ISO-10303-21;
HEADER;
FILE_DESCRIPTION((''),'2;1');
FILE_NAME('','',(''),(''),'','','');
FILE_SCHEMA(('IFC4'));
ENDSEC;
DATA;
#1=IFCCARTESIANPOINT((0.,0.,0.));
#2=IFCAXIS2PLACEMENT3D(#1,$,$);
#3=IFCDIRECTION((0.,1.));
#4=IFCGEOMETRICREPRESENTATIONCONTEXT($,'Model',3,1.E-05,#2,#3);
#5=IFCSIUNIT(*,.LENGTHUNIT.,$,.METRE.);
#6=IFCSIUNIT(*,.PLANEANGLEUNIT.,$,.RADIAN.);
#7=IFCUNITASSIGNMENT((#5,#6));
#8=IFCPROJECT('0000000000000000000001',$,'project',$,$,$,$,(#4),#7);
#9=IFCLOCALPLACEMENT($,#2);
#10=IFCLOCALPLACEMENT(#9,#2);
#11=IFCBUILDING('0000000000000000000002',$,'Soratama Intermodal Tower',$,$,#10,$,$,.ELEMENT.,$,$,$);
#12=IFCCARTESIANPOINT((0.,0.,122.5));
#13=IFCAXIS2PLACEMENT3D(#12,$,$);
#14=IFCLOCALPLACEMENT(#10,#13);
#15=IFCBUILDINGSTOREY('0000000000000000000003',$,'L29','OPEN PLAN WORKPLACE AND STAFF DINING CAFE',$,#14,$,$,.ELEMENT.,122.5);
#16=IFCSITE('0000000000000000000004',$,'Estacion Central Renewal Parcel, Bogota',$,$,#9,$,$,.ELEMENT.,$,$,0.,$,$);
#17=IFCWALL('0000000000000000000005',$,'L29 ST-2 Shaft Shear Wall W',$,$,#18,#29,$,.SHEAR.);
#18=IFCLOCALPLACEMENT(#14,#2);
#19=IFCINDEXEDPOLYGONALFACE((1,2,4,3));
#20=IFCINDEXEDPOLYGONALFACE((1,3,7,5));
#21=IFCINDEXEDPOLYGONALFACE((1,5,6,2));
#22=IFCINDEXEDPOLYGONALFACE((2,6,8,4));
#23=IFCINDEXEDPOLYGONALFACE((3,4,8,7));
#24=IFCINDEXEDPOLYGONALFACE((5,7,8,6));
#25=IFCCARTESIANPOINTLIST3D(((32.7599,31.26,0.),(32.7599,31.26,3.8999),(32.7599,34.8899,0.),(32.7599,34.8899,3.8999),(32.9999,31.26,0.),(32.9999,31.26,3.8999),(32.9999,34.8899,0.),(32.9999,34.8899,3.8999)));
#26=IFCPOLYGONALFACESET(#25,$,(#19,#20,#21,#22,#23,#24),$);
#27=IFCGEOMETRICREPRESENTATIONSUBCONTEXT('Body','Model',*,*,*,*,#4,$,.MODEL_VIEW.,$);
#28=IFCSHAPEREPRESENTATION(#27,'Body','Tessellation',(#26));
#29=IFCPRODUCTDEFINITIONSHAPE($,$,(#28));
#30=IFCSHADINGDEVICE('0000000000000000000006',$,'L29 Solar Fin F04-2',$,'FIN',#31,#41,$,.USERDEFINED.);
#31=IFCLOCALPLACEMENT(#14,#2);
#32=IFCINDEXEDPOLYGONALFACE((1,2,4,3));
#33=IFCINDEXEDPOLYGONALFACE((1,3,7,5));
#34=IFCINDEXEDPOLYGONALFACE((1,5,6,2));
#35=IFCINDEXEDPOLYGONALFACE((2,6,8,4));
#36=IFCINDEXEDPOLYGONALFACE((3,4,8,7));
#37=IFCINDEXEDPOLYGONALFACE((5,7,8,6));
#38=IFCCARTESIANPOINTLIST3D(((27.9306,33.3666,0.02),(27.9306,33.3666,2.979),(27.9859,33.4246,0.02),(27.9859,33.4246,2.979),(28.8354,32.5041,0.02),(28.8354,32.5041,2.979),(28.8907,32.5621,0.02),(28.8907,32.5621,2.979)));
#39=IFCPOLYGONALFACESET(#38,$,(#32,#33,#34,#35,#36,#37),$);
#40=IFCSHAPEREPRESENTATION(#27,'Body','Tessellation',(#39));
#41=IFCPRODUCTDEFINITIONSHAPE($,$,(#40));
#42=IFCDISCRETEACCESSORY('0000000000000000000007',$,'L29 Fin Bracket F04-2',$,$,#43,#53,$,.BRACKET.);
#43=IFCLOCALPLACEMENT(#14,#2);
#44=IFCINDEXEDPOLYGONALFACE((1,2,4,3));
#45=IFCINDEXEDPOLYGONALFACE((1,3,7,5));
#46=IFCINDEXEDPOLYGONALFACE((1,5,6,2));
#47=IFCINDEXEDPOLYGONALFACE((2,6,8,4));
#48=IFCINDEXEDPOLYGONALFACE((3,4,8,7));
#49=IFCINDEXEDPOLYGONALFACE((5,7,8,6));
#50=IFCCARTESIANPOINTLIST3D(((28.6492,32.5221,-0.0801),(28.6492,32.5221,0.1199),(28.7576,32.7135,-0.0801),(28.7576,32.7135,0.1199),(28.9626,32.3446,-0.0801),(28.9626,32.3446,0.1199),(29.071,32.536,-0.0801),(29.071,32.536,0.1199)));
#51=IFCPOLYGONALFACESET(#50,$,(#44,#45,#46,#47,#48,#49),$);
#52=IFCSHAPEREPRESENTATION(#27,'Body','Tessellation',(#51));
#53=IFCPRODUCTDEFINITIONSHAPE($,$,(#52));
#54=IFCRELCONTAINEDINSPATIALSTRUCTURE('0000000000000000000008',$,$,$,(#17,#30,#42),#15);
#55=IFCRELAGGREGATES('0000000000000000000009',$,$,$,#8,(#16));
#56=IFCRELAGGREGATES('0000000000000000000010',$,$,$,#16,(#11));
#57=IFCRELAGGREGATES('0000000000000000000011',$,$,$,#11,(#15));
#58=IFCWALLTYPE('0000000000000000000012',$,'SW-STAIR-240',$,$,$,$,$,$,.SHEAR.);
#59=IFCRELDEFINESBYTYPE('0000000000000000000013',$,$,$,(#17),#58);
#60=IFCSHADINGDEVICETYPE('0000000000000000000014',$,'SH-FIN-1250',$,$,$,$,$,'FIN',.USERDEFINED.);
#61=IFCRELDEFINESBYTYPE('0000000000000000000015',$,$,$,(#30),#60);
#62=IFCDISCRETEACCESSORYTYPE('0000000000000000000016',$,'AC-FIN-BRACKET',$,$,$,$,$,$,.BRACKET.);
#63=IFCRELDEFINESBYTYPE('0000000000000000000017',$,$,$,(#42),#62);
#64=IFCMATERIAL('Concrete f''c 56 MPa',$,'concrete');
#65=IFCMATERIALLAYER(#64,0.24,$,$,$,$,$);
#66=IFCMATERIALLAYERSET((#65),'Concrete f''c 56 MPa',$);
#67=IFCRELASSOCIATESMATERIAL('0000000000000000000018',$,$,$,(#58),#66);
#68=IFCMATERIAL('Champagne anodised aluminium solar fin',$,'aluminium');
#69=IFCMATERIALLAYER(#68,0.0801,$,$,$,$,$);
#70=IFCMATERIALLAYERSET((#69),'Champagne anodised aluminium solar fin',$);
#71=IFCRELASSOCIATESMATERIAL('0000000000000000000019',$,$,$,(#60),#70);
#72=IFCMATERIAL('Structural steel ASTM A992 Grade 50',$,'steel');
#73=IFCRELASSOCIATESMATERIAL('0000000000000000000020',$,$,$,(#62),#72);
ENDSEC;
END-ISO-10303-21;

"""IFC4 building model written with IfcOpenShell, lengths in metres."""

from ifc_helpers import new_model, si_unit, direction, frame, frame_2d, origin, origin_2d, place, context, subcontext, project, spatial, rectangle, extrude, material, layer, layer_set, type_object, element, save


model = new_model("IFC4")

# Units and contexts
model_context = context("Model", 3, precision=1e-05, world=origin(), true_north=direction((0.0, 1.0)))
body_context = subcontext(model_context, "Body", "Model", "MODEL_VIEW")
ifc_project = project(units=[si_unit("LENGTHUNIT", "METRE"), si_unit("PLANEANGLEUNIT", "RADIAN")], contexts=[model_context])

# Site, building, storey
site_placement = place(None, origin())
site = spatial("IfcSite", under=ifc_project, at=site_placement, Name="Estacion Central Renewal Parcel, Bogota", CompositionType="ELEMENT", RefElevation=0.0)
building_placement = place(site_placement, origin())
building = spatial("IfcBuilding", under=site, at=building_placement, Name="Soratama Intermodal Tower", CompositionType="ELEMENT")
storey_placement = place(building_placement, frame((0.0, 0.0, 122.5)))
storey = spatial("IfcBuildingStorey", under=building, at=storey_placement, Name="L29", Description="OPEN PLAN WORKPLACE AND STAFF DINING CAFE", CompositionType="ELEMENT", Elevation=122.5)

# Wall
ifc_material_1 = material(Name="Concrete f'c 56 MPa", Category="concrete")
ifc_layer_1 = layer(ifc_material_1, 0.24)
ifc_layer_set_1 = layer_set([ifc_layer_1], Name="Concrete f'c 56 MPa")
wall_type_1 = type_object("IfcWallType", Name="SW-STAIR-240", PredefinedType="SHEAR", material=ifc_layer_set_1)
wall_1_placement = place(storey_placement, frame((32.8799, 31.26, 0.0), z_axis=(0.0, 0.0, 1.0), x_axis=(0.0, 1.0, 0.0)))
element("IfcWall", 1, at=wall_1_placement, inside=storey, type_object=wall_type_1, Name="L29 ST-2 Shaft Shear Wall W", PredefinedType="SHEAR", context=body_context, shape_type="SweptSolid", body=[
    extrude(rectangle(XDim=3.6299, YDim=0.24, at=frame_2d((1.8149, 0.0))), origin(), (0.0, 0.0, 1.0), 3.8999),
])

# Shading device
ifc_material_2 = material(Name="Champagne anodised aluminium solar fin", Category="aluminium")
ifc_layer_2 = layer(ifc_material_2, 0.0801)
ifc_layer_set_2 = layer_set([ifc_layer_2], Name="Champagne anodised aluminium solar fin")
shading_device_type = type_object("IfcShadingDeviceType", Name="SH-FIN-1250", ElementType="FIN", PredefinedType="USERDEFINED", material=ifc_layer_set_2)
shading_device_placement = place(storey_placement, frame((28.4106, 32.9644, 0.02), z_axis=(0.0, 0.0, 1.0), x_axis=(-0.723811, 0.689999, 0.0)))
element("IfcShadingDevice", 2, at=shading_device_placement, inside=storey, type_object=shading_device_type, Name="L29 Solar Fin F04-2", ObjectType="FIN", PredefinedType="USERDEFINED", context=body_context, shape_type="SweptSolid", body=[
    extrude(rectangle(XDim=1.25, YDim=0.0801, at=origin_2d()), origin(), (0.0, 0.0, 1.0), 2.959),
])

# Discrete accessory
ifc_material_3 = material(Name="Structural steel ASTM A992 Grade 50", Category="steel")
discrete_accessory_type = type_object("IfcDiscreteAccessoryType", Name="AC-FIN-BRACKET", PredefinedType="BRACKET", material=ifc_material_3)
discrete_accessory_placement = place(storey_placement, frame((28.8601, 32.5291, -0.0801), z_axis=(0.0, 0.0, 1.0), x_axis=(-0.870184, 0.492727, 0.0)))
element("IfcDiscreteAccessory", 3, at=discrete_accessory_placement, inside=storey, type_object=discrete_accessory_type, Name="L29 Fin Bracket F04-2", PredefinedType="BRACKET", context=body_context, shape_type="SweptSolid", body=[
    extrude(rectangle(XDim=0.3601, YDim=0.22, at=origin_2d()), origin(), (0.0, 0.0, 1.0), 0.2),
])

save(model, "model.ifc")
